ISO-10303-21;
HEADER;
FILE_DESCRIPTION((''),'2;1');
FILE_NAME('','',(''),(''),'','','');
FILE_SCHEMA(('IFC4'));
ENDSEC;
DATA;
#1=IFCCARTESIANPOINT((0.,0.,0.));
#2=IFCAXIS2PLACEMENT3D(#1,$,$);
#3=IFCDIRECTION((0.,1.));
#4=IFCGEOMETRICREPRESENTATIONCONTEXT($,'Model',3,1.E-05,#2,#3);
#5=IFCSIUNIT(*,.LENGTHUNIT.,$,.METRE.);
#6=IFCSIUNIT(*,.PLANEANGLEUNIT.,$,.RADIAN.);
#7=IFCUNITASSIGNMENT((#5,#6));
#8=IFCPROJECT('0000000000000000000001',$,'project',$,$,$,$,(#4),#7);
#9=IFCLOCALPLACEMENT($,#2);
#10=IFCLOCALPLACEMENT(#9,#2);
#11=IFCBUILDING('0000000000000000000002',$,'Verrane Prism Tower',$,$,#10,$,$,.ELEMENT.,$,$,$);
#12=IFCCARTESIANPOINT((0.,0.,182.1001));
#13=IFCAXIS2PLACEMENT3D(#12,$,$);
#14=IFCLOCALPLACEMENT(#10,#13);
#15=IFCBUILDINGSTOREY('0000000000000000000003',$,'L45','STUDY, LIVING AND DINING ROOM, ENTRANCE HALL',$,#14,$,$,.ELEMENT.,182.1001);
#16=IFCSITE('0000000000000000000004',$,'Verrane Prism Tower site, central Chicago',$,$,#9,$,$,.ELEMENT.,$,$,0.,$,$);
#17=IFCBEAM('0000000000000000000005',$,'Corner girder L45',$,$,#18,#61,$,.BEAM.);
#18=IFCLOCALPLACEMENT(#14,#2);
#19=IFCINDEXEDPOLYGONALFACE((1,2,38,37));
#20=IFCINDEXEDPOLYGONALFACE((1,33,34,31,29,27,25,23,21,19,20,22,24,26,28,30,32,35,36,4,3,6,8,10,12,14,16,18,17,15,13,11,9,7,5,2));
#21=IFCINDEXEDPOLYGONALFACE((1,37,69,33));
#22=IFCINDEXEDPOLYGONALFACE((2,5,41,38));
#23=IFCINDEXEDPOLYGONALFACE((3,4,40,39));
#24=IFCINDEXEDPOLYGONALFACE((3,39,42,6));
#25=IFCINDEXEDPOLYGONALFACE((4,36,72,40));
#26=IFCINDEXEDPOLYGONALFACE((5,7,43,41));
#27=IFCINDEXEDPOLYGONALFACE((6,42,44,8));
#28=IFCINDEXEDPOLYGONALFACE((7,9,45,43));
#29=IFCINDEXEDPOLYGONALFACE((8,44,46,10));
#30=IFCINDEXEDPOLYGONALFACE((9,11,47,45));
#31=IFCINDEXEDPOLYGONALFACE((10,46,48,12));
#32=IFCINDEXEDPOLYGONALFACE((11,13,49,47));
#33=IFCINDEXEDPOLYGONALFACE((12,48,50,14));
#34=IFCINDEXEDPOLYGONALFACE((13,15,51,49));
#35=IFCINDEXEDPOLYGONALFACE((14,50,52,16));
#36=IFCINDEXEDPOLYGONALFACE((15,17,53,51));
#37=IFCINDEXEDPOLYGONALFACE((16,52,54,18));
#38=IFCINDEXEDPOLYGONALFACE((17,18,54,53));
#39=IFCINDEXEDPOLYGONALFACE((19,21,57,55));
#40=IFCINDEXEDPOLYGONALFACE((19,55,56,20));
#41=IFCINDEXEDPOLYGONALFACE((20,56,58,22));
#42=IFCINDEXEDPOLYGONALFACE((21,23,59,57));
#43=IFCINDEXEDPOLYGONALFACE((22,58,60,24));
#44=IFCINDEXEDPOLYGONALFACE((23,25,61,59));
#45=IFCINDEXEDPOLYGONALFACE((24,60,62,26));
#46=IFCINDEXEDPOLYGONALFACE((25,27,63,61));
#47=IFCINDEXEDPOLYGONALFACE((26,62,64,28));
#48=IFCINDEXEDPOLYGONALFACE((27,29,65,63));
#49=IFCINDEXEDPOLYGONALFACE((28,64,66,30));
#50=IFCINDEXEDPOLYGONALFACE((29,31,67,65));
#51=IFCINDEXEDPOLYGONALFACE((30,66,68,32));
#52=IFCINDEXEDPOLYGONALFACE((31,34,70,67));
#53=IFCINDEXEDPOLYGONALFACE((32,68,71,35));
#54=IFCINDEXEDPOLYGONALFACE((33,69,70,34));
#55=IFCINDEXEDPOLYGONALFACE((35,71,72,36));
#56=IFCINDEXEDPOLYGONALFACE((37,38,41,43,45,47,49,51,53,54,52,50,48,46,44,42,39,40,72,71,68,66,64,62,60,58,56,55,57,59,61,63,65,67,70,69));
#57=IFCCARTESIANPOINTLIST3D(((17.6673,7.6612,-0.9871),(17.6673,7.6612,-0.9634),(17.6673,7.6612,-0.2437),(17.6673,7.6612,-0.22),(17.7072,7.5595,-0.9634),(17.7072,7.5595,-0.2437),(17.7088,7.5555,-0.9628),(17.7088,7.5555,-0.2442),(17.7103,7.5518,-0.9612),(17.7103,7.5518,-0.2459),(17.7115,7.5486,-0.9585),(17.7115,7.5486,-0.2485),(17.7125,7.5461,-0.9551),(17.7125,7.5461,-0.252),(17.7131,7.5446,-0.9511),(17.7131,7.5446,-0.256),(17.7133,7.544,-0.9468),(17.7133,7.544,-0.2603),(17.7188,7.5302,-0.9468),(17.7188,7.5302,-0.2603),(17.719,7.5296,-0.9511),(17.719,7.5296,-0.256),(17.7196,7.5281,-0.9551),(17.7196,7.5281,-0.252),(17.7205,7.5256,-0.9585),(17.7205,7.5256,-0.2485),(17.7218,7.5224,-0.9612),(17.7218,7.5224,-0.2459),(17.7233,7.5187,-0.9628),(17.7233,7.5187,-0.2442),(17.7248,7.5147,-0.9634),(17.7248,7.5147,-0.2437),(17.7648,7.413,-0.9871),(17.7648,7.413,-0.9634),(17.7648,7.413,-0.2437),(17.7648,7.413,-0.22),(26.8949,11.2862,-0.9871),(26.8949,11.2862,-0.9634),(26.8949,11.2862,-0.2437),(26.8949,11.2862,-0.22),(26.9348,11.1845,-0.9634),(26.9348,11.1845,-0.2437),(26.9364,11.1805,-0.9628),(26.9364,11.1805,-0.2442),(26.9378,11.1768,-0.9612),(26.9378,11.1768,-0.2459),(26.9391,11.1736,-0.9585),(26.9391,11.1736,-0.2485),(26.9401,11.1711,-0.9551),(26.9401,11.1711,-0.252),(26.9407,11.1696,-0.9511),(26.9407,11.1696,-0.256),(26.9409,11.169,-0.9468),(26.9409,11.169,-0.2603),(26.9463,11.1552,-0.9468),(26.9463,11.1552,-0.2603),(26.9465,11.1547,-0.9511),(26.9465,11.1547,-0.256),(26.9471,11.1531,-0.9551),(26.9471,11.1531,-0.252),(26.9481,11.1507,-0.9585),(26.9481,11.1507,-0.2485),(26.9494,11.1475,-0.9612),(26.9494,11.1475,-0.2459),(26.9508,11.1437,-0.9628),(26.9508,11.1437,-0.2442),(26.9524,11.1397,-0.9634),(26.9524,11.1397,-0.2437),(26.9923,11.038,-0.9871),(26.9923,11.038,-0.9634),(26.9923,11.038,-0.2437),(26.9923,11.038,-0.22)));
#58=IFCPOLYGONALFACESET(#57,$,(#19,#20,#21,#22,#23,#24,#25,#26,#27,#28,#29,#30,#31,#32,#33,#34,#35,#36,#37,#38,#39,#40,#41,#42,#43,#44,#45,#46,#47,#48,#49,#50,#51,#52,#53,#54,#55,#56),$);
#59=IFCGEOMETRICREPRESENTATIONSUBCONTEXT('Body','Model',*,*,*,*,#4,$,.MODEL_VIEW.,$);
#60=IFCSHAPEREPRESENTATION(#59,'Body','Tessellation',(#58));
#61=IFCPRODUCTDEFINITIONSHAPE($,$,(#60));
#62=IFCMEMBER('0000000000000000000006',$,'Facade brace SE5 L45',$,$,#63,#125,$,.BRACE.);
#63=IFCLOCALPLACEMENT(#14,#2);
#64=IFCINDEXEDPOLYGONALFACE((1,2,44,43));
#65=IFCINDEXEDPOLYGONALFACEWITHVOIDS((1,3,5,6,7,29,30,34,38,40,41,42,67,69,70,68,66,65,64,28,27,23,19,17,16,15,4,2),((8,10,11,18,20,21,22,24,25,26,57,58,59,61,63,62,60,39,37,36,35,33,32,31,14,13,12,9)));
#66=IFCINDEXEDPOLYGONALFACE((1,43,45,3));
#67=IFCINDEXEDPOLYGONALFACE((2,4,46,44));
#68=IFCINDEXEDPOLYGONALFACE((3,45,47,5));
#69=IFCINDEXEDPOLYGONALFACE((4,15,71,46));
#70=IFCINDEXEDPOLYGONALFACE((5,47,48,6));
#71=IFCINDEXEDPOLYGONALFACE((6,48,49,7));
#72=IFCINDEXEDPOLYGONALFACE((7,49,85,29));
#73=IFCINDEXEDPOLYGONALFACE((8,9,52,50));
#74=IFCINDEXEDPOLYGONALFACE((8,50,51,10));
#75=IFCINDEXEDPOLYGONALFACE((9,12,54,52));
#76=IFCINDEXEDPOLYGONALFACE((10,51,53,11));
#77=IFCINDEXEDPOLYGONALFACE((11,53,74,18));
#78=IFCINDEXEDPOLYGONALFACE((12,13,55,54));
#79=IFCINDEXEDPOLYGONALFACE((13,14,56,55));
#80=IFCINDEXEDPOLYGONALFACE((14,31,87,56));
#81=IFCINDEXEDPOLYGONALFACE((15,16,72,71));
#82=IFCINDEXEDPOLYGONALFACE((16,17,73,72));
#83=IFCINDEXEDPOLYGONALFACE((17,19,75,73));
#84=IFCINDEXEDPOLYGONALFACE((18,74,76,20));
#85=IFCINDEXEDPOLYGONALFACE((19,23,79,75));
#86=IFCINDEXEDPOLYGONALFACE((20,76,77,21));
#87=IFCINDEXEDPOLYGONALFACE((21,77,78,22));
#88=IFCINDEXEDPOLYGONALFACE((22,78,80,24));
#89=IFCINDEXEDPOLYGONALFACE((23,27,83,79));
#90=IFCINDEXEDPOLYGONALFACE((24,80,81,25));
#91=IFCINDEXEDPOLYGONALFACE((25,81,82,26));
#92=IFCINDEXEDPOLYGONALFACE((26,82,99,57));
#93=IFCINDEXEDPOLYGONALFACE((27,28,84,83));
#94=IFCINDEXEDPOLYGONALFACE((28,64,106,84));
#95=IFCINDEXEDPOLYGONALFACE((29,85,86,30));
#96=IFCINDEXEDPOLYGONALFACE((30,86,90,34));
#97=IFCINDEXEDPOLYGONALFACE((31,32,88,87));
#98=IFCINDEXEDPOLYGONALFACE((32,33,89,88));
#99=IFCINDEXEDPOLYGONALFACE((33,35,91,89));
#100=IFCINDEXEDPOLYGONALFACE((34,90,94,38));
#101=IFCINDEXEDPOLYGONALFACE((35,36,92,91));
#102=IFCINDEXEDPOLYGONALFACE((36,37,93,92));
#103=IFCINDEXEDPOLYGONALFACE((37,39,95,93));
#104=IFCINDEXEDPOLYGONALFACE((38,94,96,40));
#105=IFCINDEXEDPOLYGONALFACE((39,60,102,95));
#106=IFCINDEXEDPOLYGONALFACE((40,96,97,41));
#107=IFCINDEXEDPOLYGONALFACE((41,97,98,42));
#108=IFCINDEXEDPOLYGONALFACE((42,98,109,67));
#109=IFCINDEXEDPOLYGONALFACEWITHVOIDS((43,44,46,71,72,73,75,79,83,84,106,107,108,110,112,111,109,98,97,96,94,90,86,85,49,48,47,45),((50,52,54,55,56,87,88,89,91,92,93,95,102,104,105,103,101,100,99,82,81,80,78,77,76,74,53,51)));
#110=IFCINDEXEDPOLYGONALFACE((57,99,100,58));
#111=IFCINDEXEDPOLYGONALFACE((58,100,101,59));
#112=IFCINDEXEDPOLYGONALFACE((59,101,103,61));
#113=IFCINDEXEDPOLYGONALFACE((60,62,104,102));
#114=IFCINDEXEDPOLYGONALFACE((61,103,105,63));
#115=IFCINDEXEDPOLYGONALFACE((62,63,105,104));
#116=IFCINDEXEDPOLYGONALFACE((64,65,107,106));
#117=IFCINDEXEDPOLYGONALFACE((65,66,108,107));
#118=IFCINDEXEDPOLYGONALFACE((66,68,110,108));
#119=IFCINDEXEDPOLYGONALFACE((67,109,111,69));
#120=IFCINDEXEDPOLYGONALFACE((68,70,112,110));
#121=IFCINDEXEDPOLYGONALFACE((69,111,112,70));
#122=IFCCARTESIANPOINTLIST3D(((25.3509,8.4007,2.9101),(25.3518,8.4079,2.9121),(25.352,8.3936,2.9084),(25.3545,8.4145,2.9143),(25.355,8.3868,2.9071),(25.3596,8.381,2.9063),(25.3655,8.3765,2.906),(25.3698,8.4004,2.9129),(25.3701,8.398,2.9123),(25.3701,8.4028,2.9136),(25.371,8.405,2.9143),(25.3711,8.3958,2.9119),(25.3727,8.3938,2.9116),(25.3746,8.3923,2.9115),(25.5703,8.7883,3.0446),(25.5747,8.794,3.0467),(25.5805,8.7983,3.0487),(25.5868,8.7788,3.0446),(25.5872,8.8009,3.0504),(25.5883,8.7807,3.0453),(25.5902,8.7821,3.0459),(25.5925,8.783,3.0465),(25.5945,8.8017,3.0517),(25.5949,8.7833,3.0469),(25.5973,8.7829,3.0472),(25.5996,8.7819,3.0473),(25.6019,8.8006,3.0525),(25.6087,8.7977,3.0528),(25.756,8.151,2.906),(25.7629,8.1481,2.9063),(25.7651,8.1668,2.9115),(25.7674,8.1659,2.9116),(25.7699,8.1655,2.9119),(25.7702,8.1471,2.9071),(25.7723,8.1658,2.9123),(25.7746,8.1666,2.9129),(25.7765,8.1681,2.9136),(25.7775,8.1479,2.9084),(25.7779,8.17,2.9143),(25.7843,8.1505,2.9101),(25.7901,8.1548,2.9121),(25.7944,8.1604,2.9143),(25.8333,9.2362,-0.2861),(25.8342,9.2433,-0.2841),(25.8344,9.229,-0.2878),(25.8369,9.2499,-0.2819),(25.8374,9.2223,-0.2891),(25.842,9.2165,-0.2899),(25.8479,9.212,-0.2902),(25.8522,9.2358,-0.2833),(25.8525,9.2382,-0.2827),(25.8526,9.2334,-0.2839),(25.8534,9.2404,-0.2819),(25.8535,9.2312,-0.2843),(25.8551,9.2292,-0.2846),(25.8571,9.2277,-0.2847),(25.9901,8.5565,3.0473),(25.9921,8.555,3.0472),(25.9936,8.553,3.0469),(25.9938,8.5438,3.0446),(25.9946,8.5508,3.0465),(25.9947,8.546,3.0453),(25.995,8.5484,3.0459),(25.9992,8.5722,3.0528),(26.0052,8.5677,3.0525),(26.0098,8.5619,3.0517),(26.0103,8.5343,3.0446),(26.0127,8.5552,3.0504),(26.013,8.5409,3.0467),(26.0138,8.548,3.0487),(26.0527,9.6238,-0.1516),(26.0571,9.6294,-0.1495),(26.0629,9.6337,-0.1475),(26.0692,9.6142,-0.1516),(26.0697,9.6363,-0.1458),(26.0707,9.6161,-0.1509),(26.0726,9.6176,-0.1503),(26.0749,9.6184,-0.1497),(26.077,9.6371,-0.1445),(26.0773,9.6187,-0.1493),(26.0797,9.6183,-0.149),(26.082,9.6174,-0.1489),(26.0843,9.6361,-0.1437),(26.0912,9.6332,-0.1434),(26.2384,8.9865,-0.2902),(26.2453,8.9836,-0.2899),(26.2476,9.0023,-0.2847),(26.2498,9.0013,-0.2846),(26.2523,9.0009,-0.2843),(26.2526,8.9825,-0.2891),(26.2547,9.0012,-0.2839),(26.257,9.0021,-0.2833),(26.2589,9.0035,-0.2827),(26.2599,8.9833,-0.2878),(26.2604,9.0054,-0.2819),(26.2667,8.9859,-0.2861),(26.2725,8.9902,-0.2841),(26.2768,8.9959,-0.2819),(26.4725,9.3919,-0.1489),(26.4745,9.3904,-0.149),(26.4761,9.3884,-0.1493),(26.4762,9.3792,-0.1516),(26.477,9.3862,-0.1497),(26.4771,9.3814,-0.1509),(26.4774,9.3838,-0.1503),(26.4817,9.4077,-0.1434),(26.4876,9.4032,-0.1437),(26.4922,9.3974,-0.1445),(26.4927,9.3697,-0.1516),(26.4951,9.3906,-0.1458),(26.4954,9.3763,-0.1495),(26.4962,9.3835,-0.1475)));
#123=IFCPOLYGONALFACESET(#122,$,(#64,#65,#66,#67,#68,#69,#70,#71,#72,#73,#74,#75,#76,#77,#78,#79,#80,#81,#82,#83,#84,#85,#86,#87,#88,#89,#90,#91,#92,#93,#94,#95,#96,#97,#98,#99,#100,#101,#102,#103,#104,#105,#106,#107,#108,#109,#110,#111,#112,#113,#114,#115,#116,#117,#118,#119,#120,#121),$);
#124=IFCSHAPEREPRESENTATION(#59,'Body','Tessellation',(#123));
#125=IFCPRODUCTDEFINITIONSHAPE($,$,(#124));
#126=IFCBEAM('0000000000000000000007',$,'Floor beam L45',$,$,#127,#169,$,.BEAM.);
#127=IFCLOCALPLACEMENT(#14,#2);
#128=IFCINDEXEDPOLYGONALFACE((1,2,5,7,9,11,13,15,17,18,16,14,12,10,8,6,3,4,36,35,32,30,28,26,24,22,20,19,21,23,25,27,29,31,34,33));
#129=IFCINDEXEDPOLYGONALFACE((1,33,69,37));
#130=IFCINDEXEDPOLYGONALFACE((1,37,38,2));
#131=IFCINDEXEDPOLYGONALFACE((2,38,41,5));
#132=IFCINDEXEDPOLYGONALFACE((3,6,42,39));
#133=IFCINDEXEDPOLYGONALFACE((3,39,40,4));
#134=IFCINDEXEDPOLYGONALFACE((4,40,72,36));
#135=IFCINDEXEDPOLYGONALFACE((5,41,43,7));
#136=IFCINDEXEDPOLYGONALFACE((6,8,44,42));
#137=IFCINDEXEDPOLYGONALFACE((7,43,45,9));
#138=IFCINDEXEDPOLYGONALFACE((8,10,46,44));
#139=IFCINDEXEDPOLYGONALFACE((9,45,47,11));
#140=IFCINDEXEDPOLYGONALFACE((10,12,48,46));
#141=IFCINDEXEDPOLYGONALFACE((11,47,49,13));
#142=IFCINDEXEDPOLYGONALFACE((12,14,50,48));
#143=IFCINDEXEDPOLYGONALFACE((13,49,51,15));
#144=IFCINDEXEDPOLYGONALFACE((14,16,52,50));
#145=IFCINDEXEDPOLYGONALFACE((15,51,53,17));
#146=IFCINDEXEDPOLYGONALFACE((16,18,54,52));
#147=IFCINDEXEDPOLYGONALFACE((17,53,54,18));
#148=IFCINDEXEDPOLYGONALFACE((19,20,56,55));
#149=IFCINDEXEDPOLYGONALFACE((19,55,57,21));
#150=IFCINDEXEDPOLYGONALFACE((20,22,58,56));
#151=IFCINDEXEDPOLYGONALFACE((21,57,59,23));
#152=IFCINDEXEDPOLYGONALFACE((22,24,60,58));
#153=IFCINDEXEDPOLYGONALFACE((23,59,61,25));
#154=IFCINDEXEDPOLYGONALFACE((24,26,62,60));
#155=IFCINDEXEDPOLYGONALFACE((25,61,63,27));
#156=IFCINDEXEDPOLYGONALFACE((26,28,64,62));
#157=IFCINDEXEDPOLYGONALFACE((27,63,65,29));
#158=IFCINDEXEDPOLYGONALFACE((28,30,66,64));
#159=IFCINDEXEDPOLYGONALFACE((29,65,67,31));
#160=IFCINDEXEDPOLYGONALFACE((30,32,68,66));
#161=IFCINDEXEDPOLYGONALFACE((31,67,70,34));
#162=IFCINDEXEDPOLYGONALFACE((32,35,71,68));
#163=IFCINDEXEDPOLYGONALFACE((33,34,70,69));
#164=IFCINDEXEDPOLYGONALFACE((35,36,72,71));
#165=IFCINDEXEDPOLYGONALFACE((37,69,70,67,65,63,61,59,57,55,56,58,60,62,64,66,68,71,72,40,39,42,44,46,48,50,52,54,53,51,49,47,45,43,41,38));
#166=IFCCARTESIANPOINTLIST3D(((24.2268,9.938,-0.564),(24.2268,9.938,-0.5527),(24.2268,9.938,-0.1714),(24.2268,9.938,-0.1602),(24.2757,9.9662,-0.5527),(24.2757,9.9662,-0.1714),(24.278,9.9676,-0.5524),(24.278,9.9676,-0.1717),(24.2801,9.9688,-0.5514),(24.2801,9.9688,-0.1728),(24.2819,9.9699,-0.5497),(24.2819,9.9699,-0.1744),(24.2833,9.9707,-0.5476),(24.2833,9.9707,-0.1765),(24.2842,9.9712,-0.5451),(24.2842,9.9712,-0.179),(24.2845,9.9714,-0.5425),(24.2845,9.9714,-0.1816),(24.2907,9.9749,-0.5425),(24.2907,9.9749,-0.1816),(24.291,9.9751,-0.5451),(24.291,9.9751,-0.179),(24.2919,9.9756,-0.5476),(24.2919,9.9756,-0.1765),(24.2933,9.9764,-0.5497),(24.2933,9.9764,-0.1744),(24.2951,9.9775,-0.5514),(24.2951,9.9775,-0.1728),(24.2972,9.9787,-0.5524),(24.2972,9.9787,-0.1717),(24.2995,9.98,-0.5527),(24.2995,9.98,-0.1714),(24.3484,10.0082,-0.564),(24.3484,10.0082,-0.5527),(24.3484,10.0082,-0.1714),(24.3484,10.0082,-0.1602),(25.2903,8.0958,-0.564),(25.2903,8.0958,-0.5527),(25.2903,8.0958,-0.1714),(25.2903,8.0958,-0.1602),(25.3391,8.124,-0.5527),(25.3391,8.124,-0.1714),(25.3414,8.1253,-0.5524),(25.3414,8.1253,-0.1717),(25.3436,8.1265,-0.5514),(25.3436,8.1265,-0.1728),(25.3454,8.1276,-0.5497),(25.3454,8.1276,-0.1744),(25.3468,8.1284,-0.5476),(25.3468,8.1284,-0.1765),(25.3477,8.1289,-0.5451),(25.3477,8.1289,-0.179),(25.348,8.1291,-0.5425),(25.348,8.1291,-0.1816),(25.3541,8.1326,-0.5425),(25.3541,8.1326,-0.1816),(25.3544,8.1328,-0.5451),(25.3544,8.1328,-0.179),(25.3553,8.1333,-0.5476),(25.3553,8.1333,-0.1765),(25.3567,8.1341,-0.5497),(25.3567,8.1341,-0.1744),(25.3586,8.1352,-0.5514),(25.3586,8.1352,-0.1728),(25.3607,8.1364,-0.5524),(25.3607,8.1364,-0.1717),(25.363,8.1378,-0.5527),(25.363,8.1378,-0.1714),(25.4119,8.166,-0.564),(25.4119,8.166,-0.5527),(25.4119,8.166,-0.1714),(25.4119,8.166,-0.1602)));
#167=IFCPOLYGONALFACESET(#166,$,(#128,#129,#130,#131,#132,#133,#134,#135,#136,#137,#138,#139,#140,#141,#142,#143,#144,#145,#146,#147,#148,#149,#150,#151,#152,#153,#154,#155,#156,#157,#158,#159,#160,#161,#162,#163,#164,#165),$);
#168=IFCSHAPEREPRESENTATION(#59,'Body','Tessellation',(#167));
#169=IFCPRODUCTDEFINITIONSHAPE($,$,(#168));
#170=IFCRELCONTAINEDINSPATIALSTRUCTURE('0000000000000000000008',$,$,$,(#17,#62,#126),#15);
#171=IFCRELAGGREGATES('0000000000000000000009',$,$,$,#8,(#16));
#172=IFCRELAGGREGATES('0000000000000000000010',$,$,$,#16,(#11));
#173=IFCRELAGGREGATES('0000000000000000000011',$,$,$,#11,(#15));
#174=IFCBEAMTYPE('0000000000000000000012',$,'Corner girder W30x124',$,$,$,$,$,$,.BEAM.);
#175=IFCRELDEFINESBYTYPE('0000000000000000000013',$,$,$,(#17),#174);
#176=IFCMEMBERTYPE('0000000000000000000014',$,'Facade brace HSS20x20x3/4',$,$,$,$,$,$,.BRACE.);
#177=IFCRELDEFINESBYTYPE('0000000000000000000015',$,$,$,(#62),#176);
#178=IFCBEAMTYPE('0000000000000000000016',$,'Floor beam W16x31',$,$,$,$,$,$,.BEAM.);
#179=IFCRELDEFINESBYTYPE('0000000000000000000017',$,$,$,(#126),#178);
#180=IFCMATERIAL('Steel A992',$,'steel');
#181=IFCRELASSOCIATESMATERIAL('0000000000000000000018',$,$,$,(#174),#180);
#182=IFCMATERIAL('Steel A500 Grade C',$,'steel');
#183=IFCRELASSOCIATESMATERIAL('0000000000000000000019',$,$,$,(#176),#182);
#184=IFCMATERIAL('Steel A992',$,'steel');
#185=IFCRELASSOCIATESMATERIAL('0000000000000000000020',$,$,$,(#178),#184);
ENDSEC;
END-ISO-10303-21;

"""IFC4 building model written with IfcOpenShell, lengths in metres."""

from ifc_helpers import new_model, si_unit, direction, frame, origin, origin_2d, place, context, subcontext, project, spatial, hollow_rectangle, i_section, extrude, material, material_profile, profile_set, type_object, element, save


model = new_model("IFC4")

# Units and contexts
model_context = context("Model", 3, precision=1e-05, world=origin(), true_north=direction((0.0, 1.0)))
body_context = subcontext(model_context, "Body", "Model", "MODEL_VIEW")
ifc_project = project(units=[si_unit("LENGTHUNIT", "METRE"), si_unit("PLANEANGLEUNIT", "RADIAN")], contexts=[model_context])

# Site, building, storey
site_placement = place(None, origin())
site = spatial("IfcSite", under=ifc_project, at=site_placement, Name="Verrane Prism Tower site, central Chicago", CompositionType="ELEMENT", RefElevation=0.0)
building_placement = place(site_placement, origin())
building = spatial("IfcBuilding", under=site, at=building_placement, Name="Verrane Prism Tower", CompositionType="ELEMENT")
storey_placement = place(building_placement, frame((0.0, 0.0, 182.1001)))
storey = spatial("IfcBuildingStorey", under=building, at=storey_placement, Name="L45", Description="STUDY, LIVING AND DINING ROOM, ENTRANCE HALL", CompositionType="ELEMENT", Elevation=182.1001)

# Beam
ifc_material_1 = material(Name="Steel A992", Category="steel")
ifc_material_profile_1 = material_profile(ifc_material_1, i_section(OverallWidth=0.2666, OverallDepth=0.7671, WebThickness=0.0149, FlangeThickness=0.0237, FilletRadius=0.0166, at=origin_2d()), Name="W30x124")
ifc_profile_set_1 = profile_set([ifc_material_profile_1], Name="Steel A992")
beam_type_1 = type_object("IfcBeamType", Name="Corner girder W30x124", PredefinedType="BEAM", material=ifc_profile_set_1)
beam_1_placement = place(storey_placement, frame((26.9436, 11.1621, -0.6035), z_axis=(-0.930755, -0.365643, 0.0), x_axis=(0.365643, -0.930755, 0.0)))
element("IfcBeam", 1, at=beam_1_placement, inside=storey, type_object=beam_type_1, Name="Corner girder L45", PredefinedType="BEAM", context=body_context, shape_type="SweptSolid", body=[
    extrude(i_section(OverallWidth=0.2666, OverallDepth=0.7671, WebThickness=0.0149, FlangeThickness=0.0237, FilletRadius=0.0166, at=origin_2d()), origin(), (0.0, 0.0, 1.0), 9.9141),
])

# Member
ifc_material_2 = material(Name="Steel A500 Grade C", Category="steel")
ifc_material_profile_2 = material_profile(ifc_material_2, hollow_rectangle(XDim=0.5081, YDim=0.5081, WallThickness=0.019, InnerFilletRadius=0.0095, OuterFilletRadius=0.0286, at=origin_2d()), Name="HSS20x20x3/4")
ifc_profile_set_2 = profile_set([ifc_material_profile_2], Name="Steel A500 Grade C")
member_type_1 = type_object("IfcMemberType", Name="Facade brace HSS20x20x3/4", PredefinedType="BRACE", material=ifc_profile_set_2)
member_1_placement = place(storey_placement, frame((26.1648, 9.3098, -0.2168), z_axis=(-0.144494, -0.250231, 0.957343), x_axis=(0.865992, -0.500058, 0.0)))
element("IfcMember", 2, at=member_1_placement, inside=storey, type_object=member_type_1, Name="Facade brace SE5 L45", PredefinedType="BRACE", context=body_context, shape_type="SweptSolid", body=[
    extrude(hollow_rectangle(XDim=0.5081, YDim=0.5081, WallThickness=0.019, InnerFilletRadius=0.0095, OuterFilletRadius=0.0286, at=origin_2d()), origin(), (0.0, 0.0, 1.0), 3.3386),
])

# Beam
ifc_material_3 = material(Name="Steel A992", Category="steel")
ifc_material_profile_3 = material_profile(ifc_material_3, i_section(OverallWidth=0.1404, OverallDepth=0.4038, WebThickness=0.0071, FlangeThickness=0.0112, FilletRadius=0.0103, at=origin_2d()), Name="W16x31")
ifc_profile_set_3 = profile_set([ifc_material_profile_3], Name="Steel A992")
beam_type_2 = type_object("IfcBeamType", Name="Floor beam W16x31", PredefinedType="BEAM", material=ifc_profile_set_3)
beam_2_placement = place(storey_placement, frame((25.3511, 8.1309, -0.3621), z_axis=(-0.499941, 0.866059, 0.0), x_axis=(-0.866059, -0.499941, 0.0)))
element("IfcBeam", 3, at=beam_2_placement, inside=storey, type_object=beam_type_2, Name="Floor beam L45", PredefinedType="BEAM", context=body_context, shape_type="SweptSolid", body=[
    extrude(i_section(OverallWidth=0.1404, OverallDepth=0.4038, WebThickness=0.0071, FlangeThickness=0.0112, FilletRadius=0.0103, at=origin_2d()), origin(), (0.0, 0.0, 1.0), 2.1272),
])

save(model, "model.ifc")
